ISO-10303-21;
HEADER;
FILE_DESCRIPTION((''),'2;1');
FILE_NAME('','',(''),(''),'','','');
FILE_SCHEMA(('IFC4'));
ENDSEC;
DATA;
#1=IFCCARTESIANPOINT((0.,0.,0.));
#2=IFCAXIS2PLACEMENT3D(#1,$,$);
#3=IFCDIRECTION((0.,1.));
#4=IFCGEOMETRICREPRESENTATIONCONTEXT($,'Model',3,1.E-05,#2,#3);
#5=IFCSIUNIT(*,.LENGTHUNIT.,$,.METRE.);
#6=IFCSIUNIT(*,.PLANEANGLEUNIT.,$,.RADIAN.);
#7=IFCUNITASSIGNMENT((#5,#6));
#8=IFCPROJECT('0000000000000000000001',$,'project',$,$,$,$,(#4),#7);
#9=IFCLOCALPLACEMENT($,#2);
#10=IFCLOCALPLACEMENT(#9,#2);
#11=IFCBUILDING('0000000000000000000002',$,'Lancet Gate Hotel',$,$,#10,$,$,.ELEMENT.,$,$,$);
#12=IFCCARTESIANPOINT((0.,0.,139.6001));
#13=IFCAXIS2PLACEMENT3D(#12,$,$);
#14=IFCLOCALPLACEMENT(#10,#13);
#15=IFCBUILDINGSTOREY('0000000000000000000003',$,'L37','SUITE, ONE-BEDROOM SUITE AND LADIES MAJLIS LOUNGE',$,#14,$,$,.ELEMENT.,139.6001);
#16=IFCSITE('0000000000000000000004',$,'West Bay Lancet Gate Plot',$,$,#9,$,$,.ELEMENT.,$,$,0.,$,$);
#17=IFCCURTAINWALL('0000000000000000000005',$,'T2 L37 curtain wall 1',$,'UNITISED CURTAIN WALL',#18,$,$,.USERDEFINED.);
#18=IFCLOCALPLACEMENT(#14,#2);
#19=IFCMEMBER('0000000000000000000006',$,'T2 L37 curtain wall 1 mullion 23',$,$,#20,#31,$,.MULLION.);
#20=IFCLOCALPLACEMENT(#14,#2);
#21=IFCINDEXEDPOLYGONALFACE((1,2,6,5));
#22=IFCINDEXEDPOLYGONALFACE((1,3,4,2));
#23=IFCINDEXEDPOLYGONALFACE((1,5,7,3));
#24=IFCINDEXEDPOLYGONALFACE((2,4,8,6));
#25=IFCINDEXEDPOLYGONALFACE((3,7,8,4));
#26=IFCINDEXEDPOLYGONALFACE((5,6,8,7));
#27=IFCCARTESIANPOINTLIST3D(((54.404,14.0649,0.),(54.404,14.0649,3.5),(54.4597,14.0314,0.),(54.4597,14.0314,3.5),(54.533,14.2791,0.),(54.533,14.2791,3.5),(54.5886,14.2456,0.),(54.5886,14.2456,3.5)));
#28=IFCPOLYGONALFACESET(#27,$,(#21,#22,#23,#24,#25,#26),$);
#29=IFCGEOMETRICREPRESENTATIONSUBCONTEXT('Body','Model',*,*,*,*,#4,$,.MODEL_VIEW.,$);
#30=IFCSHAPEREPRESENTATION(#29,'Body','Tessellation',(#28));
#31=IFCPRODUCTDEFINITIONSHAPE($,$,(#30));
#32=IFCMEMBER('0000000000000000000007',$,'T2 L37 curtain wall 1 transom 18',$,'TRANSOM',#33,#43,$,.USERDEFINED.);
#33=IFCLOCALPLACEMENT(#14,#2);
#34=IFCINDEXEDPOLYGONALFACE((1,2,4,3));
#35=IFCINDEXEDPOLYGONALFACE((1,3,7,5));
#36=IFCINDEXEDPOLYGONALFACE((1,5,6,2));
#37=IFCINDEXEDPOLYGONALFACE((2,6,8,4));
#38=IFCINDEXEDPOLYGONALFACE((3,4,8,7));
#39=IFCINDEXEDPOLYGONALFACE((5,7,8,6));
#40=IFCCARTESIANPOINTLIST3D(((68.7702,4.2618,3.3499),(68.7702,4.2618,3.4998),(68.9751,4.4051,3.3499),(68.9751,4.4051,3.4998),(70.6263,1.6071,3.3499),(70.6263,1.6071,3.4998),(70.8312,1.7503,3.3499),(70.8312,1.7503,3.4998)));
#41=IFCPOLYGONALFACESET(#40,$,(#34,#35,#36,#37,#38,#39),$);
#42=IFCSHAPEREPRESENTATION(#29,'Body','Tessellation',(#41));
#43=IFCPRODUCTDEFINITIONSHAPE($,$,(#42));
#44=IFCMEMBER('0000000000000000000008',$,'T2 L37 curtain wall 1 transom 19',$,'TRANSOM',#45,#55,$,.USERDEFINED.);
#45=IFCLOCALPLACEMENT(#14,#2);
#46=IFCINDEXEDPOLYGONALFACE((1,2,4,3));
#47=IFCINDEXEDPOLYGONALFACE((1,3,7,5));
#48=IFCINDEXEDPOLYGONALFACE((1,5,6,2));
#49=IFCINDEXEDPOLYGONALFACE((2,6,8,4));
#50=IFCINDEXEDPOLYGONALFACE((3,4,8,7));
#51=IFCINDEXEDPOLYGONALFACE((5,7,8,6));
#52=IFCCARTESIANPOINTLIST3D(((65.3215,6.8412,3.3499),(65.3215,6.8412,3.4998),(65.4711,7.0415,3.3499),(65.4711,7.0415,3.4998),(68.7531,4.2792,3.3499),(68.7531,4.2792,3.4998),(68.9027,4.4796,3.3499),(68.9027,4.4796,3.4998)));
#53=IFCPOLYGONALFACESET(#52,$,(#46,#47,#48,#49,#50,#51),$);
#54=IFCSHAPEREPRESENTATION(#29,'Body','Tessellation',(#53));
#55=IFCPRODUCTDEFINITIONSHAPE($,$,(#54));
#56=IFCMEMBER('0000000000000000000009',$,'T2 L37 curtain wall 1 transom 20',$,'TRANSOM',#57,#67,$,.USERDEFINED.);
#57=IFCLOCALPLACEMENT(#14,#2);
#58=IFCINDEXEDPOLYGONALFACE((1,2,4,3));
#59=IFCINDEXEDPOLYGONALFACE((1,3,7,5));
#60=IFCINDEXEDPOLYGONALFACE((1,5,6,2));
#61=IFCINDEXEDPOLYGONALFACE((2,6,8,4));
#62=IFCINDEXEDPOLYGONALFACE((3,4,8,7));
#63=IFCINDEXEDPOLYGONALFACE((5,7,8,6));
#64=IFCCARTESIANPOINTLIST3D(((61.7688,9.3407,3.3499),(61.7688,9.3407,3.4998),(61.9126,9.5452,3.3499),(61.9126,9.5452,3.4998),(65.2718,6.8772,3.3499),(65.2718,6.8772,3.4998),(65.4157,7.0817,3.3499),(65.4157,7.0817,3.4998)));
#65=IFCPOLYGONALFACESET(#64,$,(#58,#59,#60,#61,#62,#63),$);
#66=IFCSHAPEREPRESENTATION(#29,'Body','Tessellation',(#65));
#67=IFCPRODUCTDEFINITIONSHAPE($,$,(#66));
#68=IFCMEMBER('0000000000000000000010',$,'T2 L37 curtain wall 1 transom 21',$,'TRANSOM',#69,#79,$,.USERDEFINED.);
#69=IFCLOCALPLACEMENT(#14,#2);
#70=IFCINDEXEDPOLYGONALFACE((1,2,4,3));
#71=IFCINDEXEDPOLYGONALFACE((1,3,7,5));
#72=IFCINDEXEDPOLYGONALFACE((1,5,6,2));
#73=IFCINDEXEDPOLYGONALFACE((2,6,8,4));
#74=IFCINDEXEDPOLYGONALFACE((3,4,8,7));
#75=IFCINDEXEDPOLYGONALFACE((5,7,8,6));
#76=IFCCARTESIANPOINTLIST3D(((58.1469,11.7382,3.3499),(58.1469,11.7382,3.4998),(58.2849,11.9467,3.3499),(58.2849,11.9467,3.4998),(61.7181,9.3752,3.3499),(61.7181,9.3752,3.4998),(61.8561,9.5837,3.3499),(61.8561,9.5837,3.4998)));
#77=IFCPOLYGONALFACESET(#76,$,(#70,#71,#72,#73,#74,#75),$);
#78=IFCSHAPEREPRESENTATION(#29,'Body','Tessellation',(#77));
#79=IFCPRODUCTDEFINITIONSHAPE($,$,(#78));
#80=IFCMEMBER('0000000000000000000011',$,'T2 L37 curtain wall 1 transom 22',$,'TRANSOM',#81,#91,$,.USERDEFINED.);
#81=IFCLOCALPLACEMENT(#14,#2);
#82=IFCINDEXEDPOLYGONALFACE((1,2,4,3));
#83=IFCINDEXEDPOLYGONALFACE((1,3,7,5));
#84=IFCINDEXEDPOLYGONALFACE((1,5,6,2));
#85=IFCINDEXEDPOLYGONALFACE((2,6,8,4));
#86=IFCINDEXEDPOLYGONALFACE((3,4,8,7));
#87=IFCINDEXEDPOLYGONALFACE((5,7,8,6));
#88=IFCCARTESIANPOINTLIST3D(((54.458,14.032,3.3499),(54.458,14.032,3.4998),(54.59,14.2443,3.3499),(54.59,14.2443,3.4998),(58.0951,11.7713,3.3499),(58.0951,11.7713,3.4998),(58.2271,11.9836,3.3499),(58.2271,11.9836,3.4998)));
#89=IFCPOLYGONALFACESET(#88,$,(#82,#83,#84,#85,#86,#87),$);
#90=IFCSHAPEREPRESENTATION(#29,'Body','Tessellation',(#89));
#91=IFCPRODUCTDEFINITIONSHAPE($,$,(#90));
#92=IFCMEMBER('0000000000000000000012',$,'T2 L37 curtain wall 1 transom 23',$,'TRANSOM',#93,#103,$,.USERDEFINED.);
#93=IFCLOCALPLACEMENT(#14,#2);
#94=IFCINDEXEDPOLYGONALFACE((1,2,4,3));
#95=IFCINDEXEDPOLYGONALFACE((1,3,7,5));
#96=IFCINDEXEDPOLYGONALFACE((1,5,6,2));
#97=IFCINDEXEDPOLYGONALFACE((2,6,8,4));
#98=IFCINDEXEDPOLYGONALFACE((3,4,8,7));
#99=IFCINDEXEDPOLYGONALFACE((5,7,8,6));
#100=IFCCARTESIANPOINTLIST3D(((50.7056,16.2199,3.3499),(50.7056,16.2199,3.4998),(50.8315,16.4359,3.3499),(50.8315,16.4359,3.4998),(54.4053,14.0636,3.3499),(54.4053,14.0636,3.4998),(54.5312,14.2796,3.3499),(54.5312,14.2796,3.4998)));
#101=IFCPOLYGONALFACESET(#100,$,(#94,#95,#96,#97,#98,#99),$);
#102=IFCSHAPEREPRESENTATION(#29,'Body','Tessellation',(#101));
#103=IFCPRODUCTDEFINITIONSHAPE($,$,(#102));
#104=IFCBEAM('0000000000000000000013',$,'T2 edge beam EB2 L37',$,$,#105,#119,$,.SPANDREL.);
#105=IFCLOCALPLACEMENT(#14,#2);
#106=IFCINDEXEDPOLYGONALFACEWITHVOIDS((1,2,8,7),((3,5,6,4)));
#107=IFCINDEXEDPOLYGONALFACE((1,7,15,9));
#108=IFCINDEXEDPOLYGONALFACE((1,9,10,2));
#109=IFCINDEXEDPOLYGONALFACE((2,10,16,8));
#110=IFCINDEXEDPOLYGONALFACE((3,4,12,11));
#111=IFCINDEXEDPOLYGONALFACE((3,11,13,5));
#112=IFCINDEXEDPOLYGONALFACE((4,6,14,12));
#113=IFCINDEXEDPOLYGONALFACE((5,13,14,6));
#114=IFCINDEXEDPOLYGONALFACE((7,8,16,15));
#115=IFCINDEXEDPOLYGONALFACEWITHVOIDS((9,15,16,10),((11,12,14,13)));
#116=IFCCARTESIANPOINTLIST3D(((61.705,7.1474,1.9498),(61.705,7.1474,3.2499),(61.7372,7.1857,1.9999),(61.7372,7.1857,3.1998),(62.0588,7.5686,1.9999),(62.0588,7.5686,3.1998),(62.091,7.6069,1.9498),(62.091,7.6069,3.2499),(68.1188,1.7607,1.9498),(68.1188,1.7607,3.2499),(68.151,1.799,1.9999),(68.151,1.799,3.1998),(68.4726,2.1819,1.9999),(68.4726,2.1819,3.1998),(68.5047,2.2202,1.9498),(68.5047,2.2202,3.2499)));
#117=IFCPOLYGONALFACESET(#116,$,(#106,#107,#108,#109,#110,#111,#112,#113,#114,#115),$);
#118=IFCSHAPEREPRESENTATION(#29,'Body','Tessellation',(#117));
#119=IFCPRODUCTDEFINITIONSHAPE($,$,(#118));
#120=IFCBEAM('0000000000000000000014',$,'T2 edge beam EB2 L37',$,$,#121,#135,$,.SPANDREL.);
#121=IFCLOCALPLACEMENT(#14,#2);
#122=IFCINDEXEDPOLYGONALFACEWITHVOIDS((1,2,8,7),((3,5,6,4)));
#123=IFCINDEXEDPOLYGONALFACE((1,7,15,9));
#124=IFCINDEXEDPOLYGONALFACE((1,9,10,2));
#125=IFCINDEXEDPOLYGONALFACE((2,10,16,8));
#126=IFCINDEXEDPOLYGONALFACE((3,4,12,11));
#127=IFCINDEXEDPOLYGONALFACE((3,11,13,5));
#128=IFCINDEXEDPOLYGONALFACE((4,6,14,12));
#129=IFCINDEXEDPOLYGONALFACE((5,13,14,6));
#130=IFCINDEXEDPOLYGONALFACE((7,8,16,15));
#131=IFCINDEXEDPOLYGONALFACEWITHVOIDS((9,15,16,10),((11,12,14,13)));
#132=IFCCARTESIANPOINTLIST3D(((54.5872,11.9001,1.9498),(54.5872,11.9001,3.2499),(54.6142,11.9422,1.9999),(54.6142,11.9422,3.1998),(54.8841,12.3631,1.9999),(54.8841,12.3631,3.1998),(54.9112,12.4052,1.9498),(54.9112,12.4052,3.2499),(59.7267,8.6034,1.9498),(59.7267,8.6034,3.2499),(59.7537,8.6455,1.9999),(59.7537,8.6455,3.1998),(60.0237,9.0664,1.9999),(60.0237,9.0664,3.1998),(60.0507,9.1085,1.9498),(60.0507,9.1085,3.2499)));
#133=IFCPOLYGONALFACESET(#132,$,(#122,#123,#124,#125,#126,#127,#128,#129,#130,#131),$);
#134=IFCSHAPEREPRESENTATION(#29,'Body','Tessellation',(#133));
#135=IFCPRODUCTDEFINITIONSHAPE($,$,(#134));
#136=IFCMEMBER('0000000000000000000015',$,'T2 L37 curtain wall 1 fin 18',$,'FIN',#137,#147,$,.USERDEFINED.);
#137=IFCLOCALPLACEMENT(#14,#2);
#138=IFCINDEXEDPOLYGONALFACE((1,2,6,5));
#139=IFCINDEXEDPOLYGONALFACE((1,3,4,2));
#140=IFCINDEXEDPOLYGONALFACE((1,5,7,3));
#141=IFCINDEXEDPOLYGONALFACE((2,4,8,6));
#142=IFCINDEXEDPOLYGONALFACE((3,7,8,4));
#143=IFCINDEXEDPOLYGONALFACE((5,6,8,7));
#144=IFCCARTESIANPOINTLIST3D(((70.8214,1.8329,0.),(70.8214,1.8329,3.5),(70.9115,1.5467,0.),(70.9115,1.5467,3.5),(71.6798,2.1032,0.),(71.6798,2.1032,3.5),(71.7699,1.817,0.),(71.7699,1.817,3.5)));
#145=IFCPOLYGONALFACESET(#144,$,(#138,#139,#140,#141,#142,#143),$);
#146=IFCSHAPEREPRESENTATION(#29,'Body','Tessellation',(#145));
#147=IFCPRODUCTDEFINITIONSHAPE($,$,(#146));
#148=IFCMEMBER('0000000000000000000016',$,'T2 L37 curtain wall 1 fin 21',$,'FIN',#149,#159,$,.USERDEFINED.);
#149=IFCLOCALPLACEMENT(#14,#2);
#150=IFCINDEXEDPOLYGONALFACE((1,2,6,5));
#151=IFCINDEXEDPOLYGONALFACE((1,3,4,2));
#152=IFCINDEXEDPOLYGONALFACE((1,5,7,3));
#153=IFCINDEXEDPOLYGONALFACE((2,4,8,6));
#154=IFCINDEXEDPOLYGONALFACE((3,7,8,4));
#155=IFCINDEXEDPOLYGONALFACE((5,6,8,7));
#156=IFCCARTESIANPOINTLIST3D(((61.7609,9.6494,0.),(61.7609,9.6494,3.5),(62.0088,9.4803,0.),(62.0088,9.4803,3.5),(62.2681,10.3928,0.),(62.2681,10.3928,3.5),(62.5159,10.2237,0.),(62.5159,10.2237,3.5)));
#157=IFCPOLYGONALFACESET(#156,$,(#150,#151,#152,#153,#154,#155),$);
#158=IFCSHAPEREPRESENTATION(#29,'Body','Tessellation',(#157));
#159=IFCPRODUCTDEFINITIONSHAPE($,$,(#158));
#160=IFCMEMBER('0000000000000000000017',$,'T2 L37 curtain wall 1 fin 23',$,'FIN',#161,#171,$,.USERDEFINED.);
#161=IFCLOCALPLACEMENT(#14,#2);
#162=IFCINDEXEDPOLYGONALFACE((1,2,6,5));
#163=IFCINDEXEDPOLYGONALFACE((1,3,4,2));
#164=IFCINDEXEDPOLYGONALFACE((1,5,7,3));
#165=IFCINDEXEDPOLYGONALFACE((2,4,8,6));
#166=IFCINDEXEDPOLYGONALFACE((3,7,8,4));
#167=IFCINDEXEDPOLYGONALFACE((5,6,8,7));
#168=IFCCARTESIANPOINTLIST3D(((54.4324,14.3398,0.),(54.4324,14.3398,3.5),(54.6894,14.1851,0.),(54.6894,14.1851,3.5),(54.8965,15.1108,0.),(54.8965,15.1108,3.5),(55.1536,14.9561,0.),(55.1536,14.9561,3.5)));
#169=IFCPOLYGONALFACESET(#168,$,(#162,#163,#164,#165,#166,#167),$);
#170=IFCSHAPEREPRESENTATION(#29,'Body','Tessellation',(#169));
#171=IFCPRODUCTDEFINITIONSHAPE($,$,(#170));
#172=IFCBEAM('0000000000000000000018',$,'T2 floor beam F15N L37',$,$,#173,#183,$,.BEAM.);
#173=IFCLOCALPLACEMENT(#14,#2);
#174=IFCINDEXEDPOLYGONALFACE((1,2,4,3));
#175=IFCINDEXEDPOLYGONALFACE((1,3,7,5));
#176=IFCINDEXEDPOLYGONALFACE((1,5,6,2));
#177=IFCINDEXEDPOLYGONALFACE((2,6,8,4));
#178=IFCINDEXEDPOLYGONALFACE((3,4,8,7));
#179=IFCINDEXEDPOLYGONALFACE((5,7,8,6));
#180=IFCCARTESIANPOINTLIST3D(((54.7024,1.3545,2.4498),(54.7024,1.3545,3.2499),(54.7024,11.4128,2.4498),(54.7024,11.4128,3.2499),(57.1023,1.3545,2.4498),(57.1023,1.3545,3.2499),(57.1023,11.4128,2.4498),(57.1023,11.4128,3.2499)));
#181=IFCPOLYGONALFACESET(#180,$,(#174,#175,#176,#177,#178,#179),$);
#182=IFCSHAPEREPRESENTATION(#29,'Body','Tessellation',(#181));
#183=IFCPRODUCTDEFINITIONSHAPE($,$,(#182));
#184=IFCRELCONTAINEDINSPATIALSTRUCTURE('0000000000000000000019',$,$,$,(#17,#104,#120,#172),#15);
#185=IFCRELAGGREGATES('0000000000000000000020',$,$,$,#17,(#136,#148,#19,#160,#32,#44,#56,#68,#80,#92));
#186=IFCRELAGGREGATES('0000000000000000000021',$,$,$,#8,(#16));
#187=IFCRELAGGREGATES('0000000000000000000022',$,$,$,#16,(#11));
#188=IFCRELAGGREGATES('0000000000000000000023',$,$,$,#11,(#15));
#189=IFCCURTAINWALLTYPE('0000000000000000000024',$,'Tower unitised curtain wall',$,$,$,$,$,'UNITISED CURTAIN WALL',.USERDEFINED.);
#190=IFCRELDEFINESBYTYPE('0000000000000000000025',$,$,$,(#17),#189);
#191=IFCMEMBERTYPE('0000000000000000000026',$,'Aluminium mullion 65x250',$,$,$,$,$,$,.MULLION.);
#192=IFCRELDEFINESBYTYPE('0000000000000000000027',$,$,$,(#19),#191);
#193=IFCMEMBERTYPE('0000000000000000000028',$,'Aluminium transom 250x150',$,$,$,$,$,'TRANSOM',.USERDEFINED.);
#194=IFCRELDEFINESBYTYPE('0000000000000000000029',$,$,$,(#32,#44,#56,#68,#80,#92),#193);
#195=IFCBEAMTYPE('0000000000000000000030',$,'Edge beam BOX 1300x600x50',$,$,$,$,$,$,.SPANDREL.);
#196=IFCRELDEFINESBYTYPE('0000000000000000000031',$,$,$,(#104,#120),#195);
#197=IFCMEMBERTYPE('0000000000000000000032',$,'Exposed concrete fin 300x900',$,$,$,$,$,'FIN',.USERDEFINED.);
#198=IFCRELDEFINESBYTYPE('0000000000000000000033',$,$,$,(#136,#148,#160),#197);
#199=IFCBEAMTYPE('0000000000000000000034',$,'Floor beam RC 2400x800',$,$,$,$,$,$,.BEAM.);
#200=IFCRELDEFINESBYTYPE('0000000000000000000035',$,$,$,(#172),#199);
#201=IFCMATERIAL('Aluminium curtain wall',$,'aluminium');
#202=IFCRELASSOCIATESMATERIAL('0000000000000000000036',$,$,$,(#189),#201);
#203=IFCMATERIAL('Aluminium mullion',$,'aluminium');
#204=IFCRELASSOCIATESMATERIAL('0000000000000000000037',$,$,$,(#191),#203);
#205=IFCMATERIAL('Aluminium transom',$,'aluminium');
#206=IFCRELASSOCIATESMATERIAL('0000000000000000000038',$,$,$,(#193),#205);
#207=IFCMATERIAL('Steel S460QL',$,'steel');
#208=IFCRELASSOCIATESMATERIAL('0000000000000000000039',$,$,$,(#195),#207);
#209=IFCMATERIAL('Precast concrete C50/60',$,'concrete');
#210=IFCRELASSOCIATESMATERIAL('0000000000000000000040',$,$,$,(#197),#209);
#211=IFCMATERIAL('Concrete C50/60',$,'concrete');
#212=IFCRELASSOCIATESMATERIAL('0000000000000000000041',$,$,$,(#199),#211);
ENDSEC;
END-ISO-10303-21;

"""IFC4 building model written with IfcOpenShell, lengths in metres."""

from ifc_helpers import new_model, si_unit, direction, frame, origin, origin_2d, place, context, subcontext, project, spatial, rectangle, hollow_rectangle, extrude, material, material_profile, profile_set, type_object, element, aggregate, save


model = new_model("IFC4")

# Units and contexts
model_context = context("Model", 3, precision=1e-05, world=origin(), true_north=direction((0.0, 1.0)))
body_context = subcontext(model_context, "Body", "Model", "MODEL_VIEW")
ifc_project = project(units=[si_unit("LENGTHUNIT", "METRE"), si_unit("PLANEANGLEUNIT", "RADIAN")], contexts=[model_context])

# Site, building, storey
site_placement = place(None, origin())
site = spatial("IfcSite", under=ifc_project, at=site_placement, Name="West Bay Lancet Gate Plot", CompositionType="ELEMENT", RefElevation=0.0)
building_placement = place(site_placement, origin())
building = spatial("IfcBuilding", under=site, at=building_placement, Name="Lancet Gate Hotel", CompositionType="ELEMENT")
storey_placement = place(building_placement, frame((0.0, 0.0, 139.6001)))
storey = spatial("IfcBuildingStorey", under=building, at=storey_placement, Name="L37", Description="SUITE, ONE-BEDROOM SUITE AND LADIES MAJLIS LOUNGE", CompositionType="ELEMENT", Elevation=139.6001)

# Curtain wall, members
ifc_material_1 = material(Name="Aluminium curtain wall", Category="aluminium")
curtain_wall_type = type_object("IfcCurtainWallType", Name="Tower unitised curtain wall", ElementType="UNITISED CURTAIN WALL", PredefinedType="USERDEFINED", material=ifc_material_1)
curtain_wall_placement = place(storey_placement, origin())
curtain_wall = element("IfcCurtainWall", 1, at=curtain_wall_placement, inside=storey, type_object=curtain_wall_type, Name="T2 L37 curtain wall 1", ObjectType="UNITISED CURTAIN WALL", PredefinedType="USERDEFINED")
ifc_material_2 = material(Name="Aluminium mullion", Category="aluminium")
ifc_material_profile_1 = material_profile(ifc_material_2, rectangle(XDim=0.0649, YDim=0.25, at=origin_2d()), Name="MULLION 65x250")
ifc_profile_set_1 = profile_set([ifc_material_profile_1], Name="Aluminium mullion")
member_type_1 = type_object("IfcMemberType", Name="Aluminium mullion 65x250", PredefinedType="MULLION", material=ifc_profile_set_1)
member_1_placement = place(storey_placement, frame((54.4963, 14.1553, 0.0), z_axis=(0.0, 0.0, 1.0), x_axis=(-0.856728, 0.515768, 0.0)))
member_1 = element("IfcMember", 2, at=member_1_placement, type_object=member_type_1, Name="T2 L37 curtain wall 1 mullion 23", PredefinedType="MULLION", context=body_context, shape_type="SweptSolid", body=[
    extrude(rectangle(XDim=0.0649, YDim=0.25, at=origin_2d()), origin(), (0.0, 0.0, 1.0), 3.5),
])
ifc_material_3 = material(Name="Aluminium transom", Category="aluminium")
ifc_material_profile_2 = material_profile(ifc_material_3, rectangle(XDim=0.25, YDim=0.1499, at=origin_2d()), Name="TRANSOM 250x150")
ifc_profile_set_2 = profile_set([ifc_material_profile_2], Name="Aluminium transom")
member_type_2 = type_object("IfcMemberType", Name="Aluminium transom 250x150", ElementType="TRANSOM", PredefinedType="USERDEFINED", material=ifc_profile_set_2)
member_2_placement = place(storey_placement, frame((70.7288, 1.6787, 3.4248), z_axis=(-0.573017, 0.819543, 0.0), x_axis=(-0.819543, -0.573017, 0.0)))
member_2 = element("IfcMember", 3, at=member_2_placement, type_object=member_type_2, Name="T2 L37 curtain wall 1 transom 18", ObjectType="TRANSOM", PredefinedType="USERDEFINED", context=body_context, shape_type="SweptSolid", body=[
    extrude(rectangle(XDim=0.25, YDim=0.1499, at=origin_2d()), origin(), (0.0, 0.0, 1.0), 3.2393),
])
member_3_placement = place(storey_placement, frame((68.8279, 4.3794, 3.4248), z_axis=(-0.801312, 0.598247, 0.0), x_axis=(-0.598247, -0.801312, 0.0)))
member_3 = element("IfcMember", 4, at=member_3_placement, type_object=member_type_2, Name="T2 L37 curtain wall 1 transom 19", ObjectType="TRANSOM", PredefinedType="USERDEFINED", context=body_context, shape_type="SweptSolid", body=[
    extrude(rectangle(XDim=0.25, YDim=0.1499, at=origin_2d()), origin(), (0.0, 0.0, 1.0), 4.2825),
])
member_4_placement = place(storey_placement, frame((65.3438, 6.9795, 3.4248), z_axis=(-0.817987, 0.575236, 0.0), x_axis=(-0.575236, -0.817987, 0.0)))
member_4 = element("IfcMember", 5, at=member_4_placement, type_object=member_type_2, Name="T2 L37 curtain wall 1 transom 20", ObjectType="TRANSOM", PredefinedType="USERDEFINED", context=body_context, shape_type="SweptSolid", body=[
    extrude(rectangle(XDim=0.25, YDim=0.1499, at=origin_2d()), origin(), (0.0, 0.0, 1.0), 4.2825),
])
member_5_placement = place(storey_placement, frame((61.7871, 9.4795, 3.4248), z_axis=(-0.833966, 0.551816, 0.0), x_axis=(-0.551816, -0.833966, 0.0)))
member_5 = element("IfcMember", 6, at=member_5_placement, type_object=member_type_2, Name="T2 L37 curtain wall 1 transom 21", ObjectType="TRANSOM", PredefinedType="USERDEFINED", context=body_context, shape_type="SweptSolid", body=[
    extrude(rectangle(XDim=0.25, YDim=0.1499, at=origin_2d()), origin(), (0.0, 0.0, 1.0), 4.2822),
])
member_6_placement = place(storey_placement, frame((58.1611, 11.8774, 3.4248), z_axis=(-0.849309, 0.527896, 0.0), x_axis=(-0.527896, -0.849309, 0.0)))
member_6 = element("IfcMember", 7, at=member_6_placement, type_object=member_type_2, Name="T2 L37 curtain wall 1 transom 22", ObjectType="TRANSOM", PredefinedType="USERDEFINED", context=body_context, shape_type="SweptSolid", body=[
    extrude(rectangle(XDim=0.25, YDim=0.1499, at=origin_2d()), origin(), (0.0, 0.0, 1.0), 4.2825),
])
member_7_placement = place(storey_placement, frame((54.4683, 14.1716, 3.4248), z_axis=(-0.863973, 0.503538, 0.0), x_axis=(-0.503538, -0.863973, 0.0)))
member_7 = element("IfcMember", 8, at=member_7_placement, type_object=member_type_2, Name="T2 L37 curtain wall 1 transom 23", ObjectType="TRANSOM", PredefinedType="USERDEFINED", context=body_context, shape_type="SweptSolid", body=[
    extrude(rectangle(XDim=0.25, YDim=0.1499, at=origin_2d()), origin(), (0.0, 0.0, 1.0), 4.2822),
])

# Beams
ifc_material_4 = material(Name="Steel S460QL", Category="steel")
ifc_material_profile_3 = material_profile(ifc_material_4, hollow_rectangle(XDim=0.6001, YDim=1.3, WallThickness=0.05, at=origin_2d()), Name="BOX 1300x600x50")
ifc_profile_set_3 = profile_set([ifc_material_profile_3], Name="Steel S460QL")
beam_type_1 = type_object("IfcBeamType", Name="Edge beam BOX 1300x600x50", PredefinedType="SPANDREL", material=ifc_profile_set_3)
beam_1_placement = place(storey_placement, frame((68.3118, 1.9905, 2.5999), z_axis=(-0.765757, 0.64313, 0.0), x_axis=(-0.64313, -0.765757, 0.0)))
element("IfcBeam", 9, at=beam_1_placement, inside=storey, type_object=beam_type_1, Name="T2 edge beam EB2 L37", PredefinedType="SPANDREL", context=body_context, shape_type="SweptSolid", body=[
    extrude(hollow_rectangle(XDim=0.6001, YDim=1.3, WallThickness=0.05, at=origin_2d()), origin(), (0.0, 0.0, 1.0), 8.3757),
])
beam_2_placement = place(storey_placement, frame((59.8887, 8.856, 2.5999), z_axis=(-0.84172, 0.539915, 0.0), x_axis=(-0.539915, -0.84172, 0.0)))
element("IfcBeam", 10, at=beam_2_placement, inside=storey, type_object=beam_type_1, Name="T2 edge beam EB2 L37", PredefinedType="SPANDREL", context=body_context, shape_type="SweptSolid", body=[
    extrude(hollow_rectangle(XDim=0.6001, YDim=1.3, WallThickness=0.05, at=origin_2d()), origin(), (0.0, 0.0, 1.0), 6.106),
])

# Members
ifc_material_5 = material(Name="Precast concrete C50/60", Category="concrete")
ifc_material_profile_4 = material_profile(ifc_material_5, rectangle(XDim=0.3, YDim=0.8999, at=origin_2d()), Name="FIN 300x900")
ifc_profile_set_4 = profile_set([ifc_material_profile_4], Name="Precast concrete C50/60")
member_type_3 = type_object("IfcMemberType", Name="Exposed concrete fin 300x900", ElementType="FIN", PredefinedType="USERDEFINED", material=ifc_profile_set_4)
member_8_placement = place(storey_placement, frame((71.2957, 1.825, 0.0), z_axis=(0.0, 0.0, 1.0), x_axis=(-0.300385, 0.953818, 0.0)))
member_8 = element("IfcMember", 11, at=member_8_placement, type_object=member_type_3, Name="T2 L37 curtain wall 1 fin 18", ObjectType="FIN", PredefinedType="USERDEFINED", context=body_context, shape_type="SweptSolid", body=[
    extrude(rectangle(XDim=0.3, YDim=0.8999, at=origin_2d()), origin(), (0.0, 0.0, 1.0), 3.5),
])
member_9_placement = place(storey_placement, frame((62.1384, 9.9365, 0.0), z_axis=(0.0, 0.0, 1.0), x_axis=(-0.826066, 0.563574, 0.0)))
member_9 = element("IfcMember", 12, at=member_9_placement, type_object=member_type_3, Name="T2 L37 curtain wall 1 fin 21", ObjectType="FIN", PredefinedType="USERDEFINED", context=body_context, shape_type="SweptSolid", body=[
    extrude(rectangle(XDim=0.3, YDim=0.8999, at=origin_2d()), origin(), (0.0, 0.0, 1.0), 3.5),
])
member_10_placement = place(storey_placement, frame((54.793, 14.6479, 0.0), z_axis=(0.0, 0.0, 1.0), x_axis=(-0.856728, 0.515768, 0.0)))
member_10 = element("IfcMember", 13, at=member_10_placement, type_object=member_type_3, Name="T2 L37 curtain wall 1 fin 23", ObjectType="FIN", PredefinedType="USERDEFINED", context=body_context, shape_type="SweptSolid", body=[
    extrude(rectangle(XDim=0.3, YDim=0.8999, at=origin_2d()), origin(), (0.0, 0.0, 1.0), 3.5),
])

# Beam
ifc_material_6 = material(Name="Concrete C50/60", Category="concrete")
ifc_material_profile_5 = material_profile(ifc_material_6, rectangle(XDim=2.3999, YDim=0.8, at=origin_2d()), Name="RC 2400x800")
ifc_profile_set_5 = profile_set([ifc_material_profile_5], Name="Concrete C50/60")
beam_type_2 = type_object("IfcBeamType", Name="Floor beam RC 2400x800", PredefinedType="BEAM", material=ifc_profile_set_5)
beam_3_placement = place(storey_placement, frame((55.9023, 1.3545, 2.8499), z_axis=(0.0, 1.0, 0.0), x_axis=(-1.0, 0.0, 0.0)))
element("IfcBeam", 14, at=beam_3_placement, inside=storey, type_object=beam_type_2, Name="T2 floor beam F15N L37", PredefinedType="BEAM", context=body_context, shape_type="SweptSolid", body=[
    extrude(rectangle(XDim=2.3999, YDim=0.8, at=origin_2d()), origin(), (0.0, 0.0, 1.0), 10.0583),
])

aggregate(curtain_wall, [member_8, member_9, member_1, member_10, member_2, member_3, member_4, member_5, member_6, member_7])

save(model, "model.ifc")
